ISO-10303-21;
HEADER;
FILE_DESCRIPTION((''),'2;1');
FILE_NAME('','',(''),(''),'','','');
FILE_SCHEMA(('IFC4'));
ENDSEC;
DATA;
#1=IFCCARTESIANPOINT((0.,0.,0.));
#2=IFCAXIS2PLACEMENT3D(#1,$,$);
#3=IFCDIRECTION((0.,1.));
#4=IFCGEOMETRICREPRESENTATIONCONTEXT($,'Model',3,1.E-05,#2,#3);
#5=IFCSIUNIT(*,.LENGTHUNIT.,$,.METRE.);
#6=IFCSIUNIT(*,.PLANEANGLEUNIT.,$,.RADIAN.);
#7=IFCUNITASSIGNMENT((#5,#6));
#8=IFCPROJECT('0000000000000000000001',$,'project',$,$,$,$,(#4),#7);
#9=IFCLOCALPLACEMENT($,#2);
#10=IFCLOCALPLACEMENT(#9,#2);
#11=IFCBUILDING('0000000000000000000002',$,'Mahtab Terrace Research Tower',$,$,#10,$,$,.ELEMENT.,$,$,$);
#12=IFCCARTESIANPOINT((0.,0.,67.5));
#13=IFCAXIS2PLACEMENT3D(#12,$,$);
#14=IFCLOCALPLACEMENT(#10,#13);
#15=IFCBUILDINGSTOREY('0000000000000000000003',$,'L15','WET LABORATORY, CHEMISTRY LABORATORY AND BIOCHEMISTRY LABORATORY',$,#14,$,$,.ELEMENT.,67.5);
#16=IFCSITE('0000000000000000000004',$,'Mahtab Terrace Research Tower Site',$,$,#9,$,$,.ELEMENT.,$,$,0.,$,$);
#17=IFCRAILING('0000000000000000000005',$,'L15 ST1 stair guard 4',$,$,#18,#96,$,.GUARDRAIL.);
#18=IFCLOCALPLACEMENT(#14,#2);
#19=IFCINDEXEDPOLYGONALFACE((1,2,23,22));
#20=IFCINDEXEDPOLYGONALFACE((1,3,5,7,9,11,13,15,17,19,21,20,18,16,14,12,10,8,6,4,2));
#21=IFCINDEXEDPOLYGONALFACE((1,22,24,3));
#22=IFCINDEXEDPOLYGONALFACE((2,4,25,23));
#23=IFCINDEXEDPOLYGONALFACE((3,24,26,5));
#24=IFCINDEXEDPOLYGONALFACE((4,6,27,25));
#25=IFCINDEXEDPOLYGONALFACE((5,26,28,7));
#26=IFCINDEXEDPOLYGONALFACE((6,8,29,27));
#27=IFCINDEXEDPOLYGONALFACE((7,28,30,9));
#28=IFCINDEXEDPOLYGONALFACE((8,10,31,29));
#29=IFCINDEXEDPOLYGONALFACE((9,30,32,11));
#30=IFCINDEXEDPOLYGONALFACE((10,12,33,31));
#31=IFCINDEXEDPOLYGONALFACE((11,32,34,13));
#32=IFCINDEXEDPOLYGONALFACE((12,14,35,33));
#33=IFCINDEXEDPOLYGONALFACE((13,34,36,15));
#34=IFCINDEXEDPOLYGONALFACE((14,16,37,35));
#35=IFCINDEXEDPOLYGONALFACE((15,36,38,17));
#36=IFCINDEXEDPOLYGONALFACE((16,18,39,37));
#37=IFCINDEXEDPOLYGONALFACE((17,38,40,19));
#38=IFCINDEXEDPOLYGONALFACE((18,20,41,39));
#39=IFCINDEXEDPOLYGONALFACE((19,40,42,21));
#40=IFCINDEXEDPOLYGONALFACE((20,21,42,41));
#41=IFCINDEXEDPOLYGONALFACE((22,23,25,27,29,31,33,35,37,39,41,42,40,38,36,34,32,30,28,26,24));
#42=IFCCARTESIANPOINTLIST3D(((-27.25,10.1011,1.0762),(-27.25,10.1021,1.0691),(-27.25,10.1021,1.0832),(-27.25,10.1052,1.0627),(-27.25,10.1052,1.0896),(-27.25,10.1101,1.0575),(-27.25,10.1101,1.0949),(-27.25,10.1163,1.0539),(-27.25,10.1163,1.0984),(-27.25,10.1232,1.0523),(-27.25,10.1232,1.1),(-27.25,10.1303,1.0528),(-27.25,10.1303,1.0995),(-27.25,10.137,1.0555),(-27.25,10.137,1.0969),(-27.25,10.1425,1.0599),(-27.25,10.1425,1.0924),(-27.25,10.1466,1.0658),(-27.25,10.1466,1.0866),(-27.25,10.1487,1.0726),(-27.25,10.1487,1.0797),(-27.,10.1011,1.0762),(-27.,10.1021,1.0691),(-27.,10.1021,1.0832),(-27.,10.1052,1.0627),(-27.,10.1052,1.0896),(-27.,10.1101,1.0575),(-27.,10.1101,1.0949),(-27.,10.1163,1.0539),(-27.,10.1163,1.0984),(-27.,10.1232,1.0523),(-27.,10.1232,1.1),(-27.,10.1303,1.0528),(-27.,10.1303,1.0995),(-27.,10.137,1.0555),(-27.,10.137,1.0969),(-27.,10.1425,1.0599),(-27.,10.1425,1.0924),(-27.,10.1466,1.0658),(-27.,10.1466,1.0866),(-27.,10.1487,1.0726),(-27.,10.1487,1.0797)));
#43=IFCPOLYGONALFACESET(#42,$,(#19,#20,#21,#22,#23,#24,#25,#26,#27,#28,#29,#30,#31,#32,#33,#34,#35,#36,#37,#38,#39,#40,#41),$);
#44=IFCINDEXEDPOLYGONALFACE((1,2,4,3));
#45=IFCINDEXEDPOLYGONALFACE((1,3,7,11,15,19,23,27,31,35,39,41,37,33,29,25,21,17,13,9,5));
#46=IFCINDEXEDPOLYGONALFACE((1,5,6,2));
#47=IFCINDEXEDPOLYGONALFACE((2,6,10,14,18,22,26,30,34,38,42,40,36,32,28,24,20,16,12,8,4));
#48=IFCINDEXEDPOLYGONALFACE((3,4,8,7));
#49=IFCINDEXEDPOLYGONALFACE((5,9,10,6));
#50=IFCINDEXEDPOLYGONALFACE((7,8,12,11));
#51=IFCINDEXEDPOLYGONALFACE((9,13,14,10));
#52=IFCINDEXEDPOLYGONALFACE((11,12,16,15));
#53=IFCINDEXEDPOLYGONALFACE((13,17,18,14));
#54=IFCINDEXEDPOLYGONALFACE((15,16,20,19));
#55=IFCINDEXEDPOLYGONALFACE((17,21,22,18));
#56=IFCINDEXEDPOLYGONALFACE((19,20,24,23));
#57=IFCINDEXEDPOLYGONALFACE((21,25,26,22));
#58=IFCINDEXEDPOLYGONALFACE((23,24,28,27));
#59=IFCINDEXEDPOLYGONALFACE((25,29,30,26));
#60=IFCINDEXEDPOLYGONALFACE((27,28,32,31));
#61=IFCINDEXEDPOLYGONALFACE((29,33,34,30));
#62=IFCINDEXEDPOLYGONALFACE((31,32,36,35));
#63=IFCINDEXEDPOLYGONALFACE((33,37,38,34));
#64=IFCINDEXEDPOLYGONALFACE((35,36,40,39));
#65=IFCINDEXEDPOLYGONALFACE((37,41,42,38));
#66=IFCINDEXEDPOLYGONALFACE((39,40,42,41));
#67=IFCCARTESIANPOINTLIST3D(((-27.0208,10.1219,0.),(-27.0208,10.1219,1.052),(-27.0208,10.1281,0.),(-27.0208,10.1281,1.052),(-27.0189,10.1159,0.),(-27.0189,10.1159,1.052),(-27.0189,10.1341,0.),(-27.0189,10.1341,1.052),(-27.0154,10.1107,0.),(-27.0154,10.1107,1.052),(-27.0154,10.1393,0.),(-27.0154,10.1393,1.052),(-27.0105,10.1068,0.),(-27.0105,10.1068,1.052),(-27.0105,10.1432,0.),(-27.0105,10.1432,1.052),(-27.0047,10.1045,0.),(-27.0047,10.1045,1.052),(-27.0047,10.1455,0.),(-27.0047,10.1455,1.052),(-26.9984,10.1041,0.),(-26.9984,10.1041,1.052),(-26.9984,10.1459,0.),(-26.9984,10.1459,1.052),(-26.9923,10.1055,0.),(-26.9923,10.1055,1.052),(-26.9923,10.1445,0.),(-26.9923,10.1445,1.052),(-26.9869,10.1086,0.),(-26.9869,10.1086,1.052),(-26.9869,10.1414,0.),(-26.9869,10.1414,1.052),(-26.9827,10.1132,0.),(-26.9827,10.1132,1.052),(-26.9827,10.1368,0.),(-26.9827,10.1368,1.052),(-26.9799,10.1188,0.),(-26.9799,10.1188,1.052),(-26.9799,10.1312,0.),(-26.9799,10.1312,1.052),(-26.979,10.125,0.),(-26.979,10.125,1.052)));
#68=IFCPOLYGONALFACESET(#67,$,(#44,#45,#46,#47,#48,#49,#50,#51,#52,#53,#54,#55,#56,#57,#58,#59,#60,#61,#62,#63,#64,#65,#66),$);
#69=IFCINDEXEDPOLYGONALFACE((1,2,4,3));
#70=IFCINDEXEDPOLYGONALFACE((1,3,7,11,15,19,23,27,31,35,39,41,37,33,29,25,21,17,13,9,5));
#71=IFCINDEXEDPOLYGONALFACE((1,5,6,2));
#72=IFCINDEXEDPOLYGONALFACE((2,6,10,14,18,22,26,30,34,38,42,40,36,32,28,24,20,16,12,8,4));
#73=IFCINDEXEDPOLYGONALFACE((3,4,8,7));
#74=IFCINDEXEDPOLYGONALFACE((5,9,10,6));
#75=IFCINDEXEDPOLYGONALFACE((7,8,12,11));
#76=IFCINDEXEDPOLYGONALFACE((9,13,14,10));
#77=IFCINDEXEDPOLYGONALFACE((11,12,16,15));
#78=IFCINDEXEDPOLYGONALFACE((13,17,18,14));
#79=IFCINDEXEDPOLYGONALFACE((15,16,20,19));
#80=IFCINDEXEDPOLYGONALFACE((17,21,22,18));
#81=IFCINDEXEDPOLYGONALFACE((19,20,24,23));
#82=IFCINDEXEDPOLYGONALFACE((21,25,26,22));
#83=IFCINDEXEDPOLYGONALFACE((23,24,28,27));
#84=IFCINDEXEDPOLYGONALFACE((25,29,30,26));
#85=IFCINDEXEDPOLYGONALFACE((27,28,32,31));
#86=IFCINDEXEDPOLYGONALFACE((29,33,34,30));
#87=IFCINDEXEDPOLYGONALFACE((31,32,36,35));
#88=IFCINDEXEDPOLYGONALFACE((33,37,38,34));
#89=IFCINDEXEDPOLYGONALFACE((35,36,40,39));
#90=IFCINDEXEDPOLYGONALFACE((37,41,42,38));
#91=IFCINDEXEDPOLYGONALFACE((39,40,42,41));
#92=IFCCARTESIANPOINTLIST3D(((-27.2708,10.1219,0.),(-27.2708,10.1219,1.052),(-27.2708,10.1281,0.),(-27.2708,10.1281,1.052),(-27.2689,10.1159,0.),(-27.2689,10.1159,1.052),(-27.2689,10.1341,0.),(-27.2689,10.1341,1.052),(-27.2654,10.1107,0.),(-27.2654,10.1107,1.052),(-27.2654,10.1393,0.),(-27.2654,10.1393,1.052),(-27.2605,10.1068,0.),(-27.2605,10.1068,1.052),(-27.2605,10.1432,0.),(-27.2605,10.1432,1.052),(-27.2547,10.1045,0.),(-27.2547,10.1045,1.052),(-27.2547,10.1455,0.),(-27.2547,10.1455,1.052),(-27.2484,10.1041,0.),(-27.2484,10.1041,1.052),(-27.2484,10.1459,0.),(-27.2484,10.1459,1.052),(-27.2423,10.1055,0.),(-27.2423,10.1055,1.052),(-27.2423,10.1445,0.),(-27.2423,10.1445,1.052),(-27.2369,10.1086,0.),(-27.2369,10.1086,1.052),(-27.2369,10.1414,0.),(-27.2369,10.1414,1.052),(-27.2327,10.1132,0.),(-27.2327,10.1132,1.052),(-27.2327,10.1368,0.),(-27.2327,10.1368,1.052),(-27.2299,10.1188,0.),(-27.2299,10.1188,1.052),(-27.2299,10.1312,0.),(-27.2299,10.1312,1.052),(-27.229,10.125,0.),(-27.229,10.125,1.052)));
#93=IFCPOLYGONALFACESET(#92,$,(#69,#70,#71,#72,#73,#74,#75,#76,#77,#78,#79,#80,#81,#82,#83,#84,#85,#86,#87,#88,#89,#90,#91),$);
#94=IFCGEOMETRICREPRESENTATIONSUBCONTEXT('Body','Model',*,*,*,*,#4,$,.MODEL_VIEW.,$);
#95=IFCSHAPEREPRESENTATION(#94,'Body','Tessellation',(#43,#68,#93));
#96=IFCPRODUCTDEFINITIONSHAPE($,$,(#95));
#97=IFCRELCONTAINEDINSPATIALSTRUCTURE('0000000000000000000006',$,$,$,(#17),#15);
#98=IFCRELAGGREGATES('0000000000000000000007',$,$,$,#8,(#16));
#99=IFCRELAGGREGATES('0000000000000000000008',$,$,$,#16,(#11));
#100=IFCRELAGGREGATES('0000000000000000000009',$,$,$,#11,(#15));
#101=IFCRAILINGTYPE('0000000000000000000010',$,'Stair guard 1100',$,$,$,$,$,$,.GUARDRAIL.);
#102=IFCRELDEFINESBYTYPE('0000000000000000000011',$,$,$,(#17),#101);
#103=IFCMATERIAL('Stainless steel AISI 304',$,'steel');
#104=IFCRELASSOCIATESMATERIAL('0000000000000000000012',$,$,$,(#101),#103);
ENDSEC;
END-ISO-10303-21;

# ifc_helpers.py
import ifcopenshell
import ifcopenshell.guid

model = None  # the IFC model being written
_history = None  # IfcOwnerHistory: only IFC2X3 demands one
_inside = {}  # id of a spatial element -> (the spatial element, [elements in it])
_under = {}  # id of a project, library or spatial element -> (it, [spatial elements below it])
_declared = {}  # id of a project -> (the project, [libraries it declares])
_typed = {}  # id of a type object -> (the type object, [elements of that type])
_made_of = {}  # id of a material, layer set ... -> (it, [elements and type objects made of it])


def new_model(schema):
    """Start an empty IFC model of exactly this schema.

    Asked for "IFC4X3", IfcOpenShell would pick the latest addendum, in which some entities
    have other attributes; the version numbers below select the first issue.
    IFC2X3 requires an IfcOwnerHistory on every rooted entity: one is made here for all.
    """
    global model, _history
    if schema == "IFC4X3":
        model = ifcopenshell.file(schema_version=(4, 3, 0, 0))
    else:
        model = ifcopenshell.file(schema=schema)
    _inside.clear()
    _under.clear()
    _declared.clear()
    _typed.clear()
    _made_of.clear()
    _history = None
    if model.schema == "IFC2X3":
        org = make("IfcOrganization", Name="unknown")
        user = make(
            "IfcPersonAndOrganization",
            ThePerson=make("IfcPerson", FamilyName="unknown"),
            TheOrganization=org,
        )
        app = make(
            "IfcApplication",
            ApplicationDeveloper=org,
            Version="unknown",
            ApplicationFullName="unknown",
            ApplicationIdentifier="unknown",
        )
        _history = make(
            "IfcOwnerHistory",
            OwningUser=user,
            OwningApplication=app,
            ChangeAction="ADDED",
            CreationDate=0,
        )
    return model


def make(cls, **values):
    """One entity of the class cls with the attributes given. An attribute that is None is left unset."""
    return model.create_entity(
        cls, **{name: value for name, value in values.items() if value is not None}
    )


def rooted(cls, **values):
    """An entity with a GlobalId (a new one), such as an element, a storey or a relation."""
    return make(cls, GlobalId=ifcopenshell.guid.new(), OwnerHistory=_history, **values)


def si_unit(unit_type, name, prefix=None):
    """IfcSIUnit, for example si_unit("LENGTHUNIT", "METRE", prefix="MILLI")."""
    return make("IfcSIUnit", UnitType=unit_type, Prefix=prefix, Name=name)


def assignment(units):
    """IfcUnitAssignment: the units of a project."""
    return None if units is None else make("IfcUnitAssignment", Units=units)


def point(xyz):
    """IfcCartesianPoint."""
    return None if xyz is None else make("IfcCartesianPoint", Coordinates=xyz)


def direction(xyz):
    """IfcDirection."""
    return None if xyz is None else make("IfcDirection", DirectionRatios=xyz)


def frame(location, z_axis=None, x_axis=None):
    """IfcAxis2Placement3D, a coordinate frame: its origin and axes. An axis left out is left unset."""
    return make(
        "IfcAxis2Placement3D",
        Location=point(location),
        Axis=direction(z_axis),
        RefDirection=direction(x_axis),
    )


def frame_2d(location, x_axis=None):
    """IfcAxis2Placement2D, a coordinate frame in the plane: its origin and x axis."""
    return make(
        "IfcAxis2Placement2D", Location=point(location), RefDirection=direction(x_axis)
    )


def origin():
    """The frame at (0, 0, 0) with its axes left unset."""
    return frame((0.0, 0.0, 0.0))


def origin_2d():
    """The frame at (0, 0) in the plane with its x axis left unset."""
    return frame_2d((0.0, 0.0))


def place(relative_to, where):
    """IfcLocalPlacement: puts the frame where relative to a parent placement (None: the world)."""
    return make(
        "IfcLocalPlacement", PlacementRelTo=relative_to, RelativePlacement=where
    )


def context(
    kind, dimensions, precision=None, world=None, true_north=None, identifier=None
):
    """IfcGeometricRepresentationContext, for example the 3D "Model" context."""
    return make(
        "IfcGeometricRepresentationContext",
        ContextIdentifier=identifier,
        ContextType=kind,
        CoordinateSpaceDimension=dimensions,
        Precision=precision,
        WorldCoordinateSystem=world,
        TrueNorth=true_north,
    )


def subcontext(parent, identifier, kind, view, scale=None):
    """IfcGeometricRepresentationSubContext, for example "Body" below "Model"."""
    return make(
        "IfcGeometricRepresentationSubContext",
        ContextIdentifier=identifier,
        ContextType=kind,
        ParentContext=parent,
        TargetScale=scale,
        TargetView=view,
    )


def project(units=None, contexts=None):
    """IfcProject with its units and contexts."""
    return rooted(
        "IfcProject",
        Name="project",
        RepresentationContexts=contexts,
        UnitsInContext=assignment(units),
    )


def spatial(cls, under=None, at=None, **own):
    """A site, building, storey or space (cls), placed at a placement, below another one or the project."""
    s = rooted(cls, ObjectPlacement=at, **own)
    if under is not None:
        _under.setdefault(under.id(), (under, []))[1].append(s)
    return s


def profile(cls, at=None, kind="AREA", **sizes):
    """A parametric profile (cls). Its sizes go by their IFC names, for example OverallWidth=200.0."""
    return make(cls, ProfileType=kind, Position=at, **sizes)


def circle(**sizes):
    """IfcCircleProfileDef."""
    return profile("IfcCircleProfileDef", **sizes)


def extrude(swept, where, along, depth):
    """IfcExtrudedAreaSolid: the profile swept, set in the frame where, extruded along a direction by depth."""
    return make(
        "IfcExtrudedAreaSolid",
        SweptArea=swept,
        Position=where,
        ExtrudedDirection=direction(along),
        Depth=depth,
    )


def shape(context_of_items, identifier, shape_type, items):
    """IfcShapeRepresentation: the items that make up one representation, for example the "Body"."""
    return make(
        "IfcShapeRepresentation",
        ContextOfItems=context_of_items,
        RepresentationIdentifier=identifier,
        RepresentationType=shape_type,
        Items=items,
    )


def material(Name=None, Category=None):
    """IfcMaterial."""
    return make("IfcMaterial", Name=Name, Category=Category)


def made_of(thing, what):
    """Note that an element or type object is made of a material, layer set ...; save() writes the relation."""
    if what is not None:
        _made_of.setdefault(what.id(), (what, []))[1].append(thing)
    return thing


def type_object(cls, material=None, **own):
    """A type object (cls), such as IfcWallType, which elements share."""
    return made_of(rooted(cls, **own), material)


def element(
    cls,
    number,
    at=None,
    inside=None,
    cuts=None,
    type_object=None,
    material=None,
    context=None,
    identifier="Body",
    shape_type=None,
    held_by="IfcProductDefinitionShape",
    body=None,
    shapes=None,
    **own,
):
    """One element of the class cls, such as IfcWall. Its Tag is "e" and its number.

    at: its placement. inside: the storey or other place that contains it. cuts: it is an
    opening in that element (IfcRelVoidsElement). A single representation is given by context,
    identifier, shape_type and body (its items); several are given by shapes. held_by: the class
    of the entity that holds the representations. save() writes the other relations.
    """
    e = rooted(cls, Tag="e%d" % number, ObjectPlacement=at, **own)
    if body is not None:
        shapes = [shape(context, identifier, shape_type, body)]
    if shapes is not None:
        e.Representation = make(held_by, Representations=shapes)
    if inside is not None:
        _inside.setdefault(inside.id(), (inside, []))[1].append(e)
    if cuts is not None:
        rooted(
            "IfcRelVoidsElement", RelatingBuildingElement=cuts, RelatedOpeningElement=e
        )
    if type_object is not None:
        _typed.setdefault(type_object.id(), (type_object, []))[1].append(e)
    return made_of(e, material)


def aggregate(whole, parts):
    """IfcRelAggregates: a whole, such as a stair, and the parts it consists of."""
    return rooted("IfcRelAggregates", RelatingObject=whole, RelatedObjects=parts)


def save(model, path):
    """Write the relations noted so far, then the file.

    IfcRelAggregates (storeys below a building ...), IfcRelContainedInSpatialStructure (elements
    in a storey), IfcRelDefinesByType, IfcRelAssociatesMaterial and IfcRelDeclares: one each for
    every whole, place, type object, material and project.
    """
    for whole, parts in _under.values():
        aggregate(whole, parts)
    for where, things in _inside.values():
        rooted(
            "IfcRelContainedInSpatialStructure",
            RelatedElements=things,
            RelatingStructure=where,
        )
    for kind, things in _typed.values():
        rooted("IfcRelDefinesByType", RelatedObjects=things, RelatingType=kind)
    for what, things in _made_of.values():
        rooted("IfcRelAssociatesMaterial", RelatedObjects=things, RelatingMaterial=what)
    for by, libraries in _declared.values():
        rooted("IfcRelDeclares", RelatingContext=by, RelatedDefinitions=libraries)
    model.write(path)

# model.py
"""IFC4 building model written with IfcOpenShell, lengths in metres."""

from ifc_helpers import new_model, si_unit, direction, frame, origin, origin_2d, place, context, subcontext, project, spatial, circle, extrude, material, type_object, element, save


model = new_model("IFC4")

# Units and contexts
model_context = context("Model", 3, precision=1e-05, world=origin(), true_north=direction((0.0, 1.0)))
body_context = subcontext(model_context, "Body", "Model", "MODEL_VIEW")
ifc_project = project(units=[si_unit("LENGTHUNIT", "METRE"), si_unit("PLANEANGLEUNIT", "RADIAN")], contexts=[model_context])

# Site, building, storey
site_placement = place(None, origin())
site = spatial("IfcSite", under=ifc_project, at=site_placement, Name="Mahtab Terrace Research Tower Site", CompositionType="ELEMENT", RefElevation=0.0)
building_placement = place(site_placement, origin())
building = spatial("IfcBuilding", under=site, at=building_placement, Name="Mahtab Terrace Research Tower", CompositionType="ELEMENT")
storey_placement = place(building_placement, frame((0.0, 0.0, 67.5)))
storey = spatial("IfcBuildingStorey", under=building, at=storey_placement, Name="L15", Description="WET LABORATORY, CHEMISTRY LABORATORY AND BIOCHEMISTRY LABORATORY", CompositionType="ELEMENT", Elevation=67.5)

# Railing
ifc_material_1 = material(Name="Stainless steel AISI 304", Category="steel")
railing_type_1 = type_object("IfcRailingType", Name="Stair guard 1100", PredefinedType="GUARDRAIL", material=ifc_material_1)
railing_1_placement = place(storey_placement, frame((-27.0, 10.125, 0.0)))
element("IfcRailing", 1, at=railing_1_placement, inside=storey, type_object=railing_type_1, Name="L15 ST1 stair guard 4", PredefinedType="GUARDRAIL", context=body_context, shape_type="SweptSolid", body=[
    extrude(circle(Radius=0.0239, at=origin_2d()), frame((0.0, 0.0, 1.0762), z_axis=(-1.0, 0.0, 0.0), x_axis=(0.0, -1.0, 0.0)), (0.0, 0.0, 1.0), 0.25),
    extrude(circle(Radius=0.021, at=origin_2d()), origin(), (0.0, 0.0, 1.0), 1.052),
    extrude(circle(Radius=0.021, at=origin_2d()), frame((-0.25, 0.0, 0.0)), (0.0, 0.0, 1.0), 1.052),
])

save(model, "model.ifc")
